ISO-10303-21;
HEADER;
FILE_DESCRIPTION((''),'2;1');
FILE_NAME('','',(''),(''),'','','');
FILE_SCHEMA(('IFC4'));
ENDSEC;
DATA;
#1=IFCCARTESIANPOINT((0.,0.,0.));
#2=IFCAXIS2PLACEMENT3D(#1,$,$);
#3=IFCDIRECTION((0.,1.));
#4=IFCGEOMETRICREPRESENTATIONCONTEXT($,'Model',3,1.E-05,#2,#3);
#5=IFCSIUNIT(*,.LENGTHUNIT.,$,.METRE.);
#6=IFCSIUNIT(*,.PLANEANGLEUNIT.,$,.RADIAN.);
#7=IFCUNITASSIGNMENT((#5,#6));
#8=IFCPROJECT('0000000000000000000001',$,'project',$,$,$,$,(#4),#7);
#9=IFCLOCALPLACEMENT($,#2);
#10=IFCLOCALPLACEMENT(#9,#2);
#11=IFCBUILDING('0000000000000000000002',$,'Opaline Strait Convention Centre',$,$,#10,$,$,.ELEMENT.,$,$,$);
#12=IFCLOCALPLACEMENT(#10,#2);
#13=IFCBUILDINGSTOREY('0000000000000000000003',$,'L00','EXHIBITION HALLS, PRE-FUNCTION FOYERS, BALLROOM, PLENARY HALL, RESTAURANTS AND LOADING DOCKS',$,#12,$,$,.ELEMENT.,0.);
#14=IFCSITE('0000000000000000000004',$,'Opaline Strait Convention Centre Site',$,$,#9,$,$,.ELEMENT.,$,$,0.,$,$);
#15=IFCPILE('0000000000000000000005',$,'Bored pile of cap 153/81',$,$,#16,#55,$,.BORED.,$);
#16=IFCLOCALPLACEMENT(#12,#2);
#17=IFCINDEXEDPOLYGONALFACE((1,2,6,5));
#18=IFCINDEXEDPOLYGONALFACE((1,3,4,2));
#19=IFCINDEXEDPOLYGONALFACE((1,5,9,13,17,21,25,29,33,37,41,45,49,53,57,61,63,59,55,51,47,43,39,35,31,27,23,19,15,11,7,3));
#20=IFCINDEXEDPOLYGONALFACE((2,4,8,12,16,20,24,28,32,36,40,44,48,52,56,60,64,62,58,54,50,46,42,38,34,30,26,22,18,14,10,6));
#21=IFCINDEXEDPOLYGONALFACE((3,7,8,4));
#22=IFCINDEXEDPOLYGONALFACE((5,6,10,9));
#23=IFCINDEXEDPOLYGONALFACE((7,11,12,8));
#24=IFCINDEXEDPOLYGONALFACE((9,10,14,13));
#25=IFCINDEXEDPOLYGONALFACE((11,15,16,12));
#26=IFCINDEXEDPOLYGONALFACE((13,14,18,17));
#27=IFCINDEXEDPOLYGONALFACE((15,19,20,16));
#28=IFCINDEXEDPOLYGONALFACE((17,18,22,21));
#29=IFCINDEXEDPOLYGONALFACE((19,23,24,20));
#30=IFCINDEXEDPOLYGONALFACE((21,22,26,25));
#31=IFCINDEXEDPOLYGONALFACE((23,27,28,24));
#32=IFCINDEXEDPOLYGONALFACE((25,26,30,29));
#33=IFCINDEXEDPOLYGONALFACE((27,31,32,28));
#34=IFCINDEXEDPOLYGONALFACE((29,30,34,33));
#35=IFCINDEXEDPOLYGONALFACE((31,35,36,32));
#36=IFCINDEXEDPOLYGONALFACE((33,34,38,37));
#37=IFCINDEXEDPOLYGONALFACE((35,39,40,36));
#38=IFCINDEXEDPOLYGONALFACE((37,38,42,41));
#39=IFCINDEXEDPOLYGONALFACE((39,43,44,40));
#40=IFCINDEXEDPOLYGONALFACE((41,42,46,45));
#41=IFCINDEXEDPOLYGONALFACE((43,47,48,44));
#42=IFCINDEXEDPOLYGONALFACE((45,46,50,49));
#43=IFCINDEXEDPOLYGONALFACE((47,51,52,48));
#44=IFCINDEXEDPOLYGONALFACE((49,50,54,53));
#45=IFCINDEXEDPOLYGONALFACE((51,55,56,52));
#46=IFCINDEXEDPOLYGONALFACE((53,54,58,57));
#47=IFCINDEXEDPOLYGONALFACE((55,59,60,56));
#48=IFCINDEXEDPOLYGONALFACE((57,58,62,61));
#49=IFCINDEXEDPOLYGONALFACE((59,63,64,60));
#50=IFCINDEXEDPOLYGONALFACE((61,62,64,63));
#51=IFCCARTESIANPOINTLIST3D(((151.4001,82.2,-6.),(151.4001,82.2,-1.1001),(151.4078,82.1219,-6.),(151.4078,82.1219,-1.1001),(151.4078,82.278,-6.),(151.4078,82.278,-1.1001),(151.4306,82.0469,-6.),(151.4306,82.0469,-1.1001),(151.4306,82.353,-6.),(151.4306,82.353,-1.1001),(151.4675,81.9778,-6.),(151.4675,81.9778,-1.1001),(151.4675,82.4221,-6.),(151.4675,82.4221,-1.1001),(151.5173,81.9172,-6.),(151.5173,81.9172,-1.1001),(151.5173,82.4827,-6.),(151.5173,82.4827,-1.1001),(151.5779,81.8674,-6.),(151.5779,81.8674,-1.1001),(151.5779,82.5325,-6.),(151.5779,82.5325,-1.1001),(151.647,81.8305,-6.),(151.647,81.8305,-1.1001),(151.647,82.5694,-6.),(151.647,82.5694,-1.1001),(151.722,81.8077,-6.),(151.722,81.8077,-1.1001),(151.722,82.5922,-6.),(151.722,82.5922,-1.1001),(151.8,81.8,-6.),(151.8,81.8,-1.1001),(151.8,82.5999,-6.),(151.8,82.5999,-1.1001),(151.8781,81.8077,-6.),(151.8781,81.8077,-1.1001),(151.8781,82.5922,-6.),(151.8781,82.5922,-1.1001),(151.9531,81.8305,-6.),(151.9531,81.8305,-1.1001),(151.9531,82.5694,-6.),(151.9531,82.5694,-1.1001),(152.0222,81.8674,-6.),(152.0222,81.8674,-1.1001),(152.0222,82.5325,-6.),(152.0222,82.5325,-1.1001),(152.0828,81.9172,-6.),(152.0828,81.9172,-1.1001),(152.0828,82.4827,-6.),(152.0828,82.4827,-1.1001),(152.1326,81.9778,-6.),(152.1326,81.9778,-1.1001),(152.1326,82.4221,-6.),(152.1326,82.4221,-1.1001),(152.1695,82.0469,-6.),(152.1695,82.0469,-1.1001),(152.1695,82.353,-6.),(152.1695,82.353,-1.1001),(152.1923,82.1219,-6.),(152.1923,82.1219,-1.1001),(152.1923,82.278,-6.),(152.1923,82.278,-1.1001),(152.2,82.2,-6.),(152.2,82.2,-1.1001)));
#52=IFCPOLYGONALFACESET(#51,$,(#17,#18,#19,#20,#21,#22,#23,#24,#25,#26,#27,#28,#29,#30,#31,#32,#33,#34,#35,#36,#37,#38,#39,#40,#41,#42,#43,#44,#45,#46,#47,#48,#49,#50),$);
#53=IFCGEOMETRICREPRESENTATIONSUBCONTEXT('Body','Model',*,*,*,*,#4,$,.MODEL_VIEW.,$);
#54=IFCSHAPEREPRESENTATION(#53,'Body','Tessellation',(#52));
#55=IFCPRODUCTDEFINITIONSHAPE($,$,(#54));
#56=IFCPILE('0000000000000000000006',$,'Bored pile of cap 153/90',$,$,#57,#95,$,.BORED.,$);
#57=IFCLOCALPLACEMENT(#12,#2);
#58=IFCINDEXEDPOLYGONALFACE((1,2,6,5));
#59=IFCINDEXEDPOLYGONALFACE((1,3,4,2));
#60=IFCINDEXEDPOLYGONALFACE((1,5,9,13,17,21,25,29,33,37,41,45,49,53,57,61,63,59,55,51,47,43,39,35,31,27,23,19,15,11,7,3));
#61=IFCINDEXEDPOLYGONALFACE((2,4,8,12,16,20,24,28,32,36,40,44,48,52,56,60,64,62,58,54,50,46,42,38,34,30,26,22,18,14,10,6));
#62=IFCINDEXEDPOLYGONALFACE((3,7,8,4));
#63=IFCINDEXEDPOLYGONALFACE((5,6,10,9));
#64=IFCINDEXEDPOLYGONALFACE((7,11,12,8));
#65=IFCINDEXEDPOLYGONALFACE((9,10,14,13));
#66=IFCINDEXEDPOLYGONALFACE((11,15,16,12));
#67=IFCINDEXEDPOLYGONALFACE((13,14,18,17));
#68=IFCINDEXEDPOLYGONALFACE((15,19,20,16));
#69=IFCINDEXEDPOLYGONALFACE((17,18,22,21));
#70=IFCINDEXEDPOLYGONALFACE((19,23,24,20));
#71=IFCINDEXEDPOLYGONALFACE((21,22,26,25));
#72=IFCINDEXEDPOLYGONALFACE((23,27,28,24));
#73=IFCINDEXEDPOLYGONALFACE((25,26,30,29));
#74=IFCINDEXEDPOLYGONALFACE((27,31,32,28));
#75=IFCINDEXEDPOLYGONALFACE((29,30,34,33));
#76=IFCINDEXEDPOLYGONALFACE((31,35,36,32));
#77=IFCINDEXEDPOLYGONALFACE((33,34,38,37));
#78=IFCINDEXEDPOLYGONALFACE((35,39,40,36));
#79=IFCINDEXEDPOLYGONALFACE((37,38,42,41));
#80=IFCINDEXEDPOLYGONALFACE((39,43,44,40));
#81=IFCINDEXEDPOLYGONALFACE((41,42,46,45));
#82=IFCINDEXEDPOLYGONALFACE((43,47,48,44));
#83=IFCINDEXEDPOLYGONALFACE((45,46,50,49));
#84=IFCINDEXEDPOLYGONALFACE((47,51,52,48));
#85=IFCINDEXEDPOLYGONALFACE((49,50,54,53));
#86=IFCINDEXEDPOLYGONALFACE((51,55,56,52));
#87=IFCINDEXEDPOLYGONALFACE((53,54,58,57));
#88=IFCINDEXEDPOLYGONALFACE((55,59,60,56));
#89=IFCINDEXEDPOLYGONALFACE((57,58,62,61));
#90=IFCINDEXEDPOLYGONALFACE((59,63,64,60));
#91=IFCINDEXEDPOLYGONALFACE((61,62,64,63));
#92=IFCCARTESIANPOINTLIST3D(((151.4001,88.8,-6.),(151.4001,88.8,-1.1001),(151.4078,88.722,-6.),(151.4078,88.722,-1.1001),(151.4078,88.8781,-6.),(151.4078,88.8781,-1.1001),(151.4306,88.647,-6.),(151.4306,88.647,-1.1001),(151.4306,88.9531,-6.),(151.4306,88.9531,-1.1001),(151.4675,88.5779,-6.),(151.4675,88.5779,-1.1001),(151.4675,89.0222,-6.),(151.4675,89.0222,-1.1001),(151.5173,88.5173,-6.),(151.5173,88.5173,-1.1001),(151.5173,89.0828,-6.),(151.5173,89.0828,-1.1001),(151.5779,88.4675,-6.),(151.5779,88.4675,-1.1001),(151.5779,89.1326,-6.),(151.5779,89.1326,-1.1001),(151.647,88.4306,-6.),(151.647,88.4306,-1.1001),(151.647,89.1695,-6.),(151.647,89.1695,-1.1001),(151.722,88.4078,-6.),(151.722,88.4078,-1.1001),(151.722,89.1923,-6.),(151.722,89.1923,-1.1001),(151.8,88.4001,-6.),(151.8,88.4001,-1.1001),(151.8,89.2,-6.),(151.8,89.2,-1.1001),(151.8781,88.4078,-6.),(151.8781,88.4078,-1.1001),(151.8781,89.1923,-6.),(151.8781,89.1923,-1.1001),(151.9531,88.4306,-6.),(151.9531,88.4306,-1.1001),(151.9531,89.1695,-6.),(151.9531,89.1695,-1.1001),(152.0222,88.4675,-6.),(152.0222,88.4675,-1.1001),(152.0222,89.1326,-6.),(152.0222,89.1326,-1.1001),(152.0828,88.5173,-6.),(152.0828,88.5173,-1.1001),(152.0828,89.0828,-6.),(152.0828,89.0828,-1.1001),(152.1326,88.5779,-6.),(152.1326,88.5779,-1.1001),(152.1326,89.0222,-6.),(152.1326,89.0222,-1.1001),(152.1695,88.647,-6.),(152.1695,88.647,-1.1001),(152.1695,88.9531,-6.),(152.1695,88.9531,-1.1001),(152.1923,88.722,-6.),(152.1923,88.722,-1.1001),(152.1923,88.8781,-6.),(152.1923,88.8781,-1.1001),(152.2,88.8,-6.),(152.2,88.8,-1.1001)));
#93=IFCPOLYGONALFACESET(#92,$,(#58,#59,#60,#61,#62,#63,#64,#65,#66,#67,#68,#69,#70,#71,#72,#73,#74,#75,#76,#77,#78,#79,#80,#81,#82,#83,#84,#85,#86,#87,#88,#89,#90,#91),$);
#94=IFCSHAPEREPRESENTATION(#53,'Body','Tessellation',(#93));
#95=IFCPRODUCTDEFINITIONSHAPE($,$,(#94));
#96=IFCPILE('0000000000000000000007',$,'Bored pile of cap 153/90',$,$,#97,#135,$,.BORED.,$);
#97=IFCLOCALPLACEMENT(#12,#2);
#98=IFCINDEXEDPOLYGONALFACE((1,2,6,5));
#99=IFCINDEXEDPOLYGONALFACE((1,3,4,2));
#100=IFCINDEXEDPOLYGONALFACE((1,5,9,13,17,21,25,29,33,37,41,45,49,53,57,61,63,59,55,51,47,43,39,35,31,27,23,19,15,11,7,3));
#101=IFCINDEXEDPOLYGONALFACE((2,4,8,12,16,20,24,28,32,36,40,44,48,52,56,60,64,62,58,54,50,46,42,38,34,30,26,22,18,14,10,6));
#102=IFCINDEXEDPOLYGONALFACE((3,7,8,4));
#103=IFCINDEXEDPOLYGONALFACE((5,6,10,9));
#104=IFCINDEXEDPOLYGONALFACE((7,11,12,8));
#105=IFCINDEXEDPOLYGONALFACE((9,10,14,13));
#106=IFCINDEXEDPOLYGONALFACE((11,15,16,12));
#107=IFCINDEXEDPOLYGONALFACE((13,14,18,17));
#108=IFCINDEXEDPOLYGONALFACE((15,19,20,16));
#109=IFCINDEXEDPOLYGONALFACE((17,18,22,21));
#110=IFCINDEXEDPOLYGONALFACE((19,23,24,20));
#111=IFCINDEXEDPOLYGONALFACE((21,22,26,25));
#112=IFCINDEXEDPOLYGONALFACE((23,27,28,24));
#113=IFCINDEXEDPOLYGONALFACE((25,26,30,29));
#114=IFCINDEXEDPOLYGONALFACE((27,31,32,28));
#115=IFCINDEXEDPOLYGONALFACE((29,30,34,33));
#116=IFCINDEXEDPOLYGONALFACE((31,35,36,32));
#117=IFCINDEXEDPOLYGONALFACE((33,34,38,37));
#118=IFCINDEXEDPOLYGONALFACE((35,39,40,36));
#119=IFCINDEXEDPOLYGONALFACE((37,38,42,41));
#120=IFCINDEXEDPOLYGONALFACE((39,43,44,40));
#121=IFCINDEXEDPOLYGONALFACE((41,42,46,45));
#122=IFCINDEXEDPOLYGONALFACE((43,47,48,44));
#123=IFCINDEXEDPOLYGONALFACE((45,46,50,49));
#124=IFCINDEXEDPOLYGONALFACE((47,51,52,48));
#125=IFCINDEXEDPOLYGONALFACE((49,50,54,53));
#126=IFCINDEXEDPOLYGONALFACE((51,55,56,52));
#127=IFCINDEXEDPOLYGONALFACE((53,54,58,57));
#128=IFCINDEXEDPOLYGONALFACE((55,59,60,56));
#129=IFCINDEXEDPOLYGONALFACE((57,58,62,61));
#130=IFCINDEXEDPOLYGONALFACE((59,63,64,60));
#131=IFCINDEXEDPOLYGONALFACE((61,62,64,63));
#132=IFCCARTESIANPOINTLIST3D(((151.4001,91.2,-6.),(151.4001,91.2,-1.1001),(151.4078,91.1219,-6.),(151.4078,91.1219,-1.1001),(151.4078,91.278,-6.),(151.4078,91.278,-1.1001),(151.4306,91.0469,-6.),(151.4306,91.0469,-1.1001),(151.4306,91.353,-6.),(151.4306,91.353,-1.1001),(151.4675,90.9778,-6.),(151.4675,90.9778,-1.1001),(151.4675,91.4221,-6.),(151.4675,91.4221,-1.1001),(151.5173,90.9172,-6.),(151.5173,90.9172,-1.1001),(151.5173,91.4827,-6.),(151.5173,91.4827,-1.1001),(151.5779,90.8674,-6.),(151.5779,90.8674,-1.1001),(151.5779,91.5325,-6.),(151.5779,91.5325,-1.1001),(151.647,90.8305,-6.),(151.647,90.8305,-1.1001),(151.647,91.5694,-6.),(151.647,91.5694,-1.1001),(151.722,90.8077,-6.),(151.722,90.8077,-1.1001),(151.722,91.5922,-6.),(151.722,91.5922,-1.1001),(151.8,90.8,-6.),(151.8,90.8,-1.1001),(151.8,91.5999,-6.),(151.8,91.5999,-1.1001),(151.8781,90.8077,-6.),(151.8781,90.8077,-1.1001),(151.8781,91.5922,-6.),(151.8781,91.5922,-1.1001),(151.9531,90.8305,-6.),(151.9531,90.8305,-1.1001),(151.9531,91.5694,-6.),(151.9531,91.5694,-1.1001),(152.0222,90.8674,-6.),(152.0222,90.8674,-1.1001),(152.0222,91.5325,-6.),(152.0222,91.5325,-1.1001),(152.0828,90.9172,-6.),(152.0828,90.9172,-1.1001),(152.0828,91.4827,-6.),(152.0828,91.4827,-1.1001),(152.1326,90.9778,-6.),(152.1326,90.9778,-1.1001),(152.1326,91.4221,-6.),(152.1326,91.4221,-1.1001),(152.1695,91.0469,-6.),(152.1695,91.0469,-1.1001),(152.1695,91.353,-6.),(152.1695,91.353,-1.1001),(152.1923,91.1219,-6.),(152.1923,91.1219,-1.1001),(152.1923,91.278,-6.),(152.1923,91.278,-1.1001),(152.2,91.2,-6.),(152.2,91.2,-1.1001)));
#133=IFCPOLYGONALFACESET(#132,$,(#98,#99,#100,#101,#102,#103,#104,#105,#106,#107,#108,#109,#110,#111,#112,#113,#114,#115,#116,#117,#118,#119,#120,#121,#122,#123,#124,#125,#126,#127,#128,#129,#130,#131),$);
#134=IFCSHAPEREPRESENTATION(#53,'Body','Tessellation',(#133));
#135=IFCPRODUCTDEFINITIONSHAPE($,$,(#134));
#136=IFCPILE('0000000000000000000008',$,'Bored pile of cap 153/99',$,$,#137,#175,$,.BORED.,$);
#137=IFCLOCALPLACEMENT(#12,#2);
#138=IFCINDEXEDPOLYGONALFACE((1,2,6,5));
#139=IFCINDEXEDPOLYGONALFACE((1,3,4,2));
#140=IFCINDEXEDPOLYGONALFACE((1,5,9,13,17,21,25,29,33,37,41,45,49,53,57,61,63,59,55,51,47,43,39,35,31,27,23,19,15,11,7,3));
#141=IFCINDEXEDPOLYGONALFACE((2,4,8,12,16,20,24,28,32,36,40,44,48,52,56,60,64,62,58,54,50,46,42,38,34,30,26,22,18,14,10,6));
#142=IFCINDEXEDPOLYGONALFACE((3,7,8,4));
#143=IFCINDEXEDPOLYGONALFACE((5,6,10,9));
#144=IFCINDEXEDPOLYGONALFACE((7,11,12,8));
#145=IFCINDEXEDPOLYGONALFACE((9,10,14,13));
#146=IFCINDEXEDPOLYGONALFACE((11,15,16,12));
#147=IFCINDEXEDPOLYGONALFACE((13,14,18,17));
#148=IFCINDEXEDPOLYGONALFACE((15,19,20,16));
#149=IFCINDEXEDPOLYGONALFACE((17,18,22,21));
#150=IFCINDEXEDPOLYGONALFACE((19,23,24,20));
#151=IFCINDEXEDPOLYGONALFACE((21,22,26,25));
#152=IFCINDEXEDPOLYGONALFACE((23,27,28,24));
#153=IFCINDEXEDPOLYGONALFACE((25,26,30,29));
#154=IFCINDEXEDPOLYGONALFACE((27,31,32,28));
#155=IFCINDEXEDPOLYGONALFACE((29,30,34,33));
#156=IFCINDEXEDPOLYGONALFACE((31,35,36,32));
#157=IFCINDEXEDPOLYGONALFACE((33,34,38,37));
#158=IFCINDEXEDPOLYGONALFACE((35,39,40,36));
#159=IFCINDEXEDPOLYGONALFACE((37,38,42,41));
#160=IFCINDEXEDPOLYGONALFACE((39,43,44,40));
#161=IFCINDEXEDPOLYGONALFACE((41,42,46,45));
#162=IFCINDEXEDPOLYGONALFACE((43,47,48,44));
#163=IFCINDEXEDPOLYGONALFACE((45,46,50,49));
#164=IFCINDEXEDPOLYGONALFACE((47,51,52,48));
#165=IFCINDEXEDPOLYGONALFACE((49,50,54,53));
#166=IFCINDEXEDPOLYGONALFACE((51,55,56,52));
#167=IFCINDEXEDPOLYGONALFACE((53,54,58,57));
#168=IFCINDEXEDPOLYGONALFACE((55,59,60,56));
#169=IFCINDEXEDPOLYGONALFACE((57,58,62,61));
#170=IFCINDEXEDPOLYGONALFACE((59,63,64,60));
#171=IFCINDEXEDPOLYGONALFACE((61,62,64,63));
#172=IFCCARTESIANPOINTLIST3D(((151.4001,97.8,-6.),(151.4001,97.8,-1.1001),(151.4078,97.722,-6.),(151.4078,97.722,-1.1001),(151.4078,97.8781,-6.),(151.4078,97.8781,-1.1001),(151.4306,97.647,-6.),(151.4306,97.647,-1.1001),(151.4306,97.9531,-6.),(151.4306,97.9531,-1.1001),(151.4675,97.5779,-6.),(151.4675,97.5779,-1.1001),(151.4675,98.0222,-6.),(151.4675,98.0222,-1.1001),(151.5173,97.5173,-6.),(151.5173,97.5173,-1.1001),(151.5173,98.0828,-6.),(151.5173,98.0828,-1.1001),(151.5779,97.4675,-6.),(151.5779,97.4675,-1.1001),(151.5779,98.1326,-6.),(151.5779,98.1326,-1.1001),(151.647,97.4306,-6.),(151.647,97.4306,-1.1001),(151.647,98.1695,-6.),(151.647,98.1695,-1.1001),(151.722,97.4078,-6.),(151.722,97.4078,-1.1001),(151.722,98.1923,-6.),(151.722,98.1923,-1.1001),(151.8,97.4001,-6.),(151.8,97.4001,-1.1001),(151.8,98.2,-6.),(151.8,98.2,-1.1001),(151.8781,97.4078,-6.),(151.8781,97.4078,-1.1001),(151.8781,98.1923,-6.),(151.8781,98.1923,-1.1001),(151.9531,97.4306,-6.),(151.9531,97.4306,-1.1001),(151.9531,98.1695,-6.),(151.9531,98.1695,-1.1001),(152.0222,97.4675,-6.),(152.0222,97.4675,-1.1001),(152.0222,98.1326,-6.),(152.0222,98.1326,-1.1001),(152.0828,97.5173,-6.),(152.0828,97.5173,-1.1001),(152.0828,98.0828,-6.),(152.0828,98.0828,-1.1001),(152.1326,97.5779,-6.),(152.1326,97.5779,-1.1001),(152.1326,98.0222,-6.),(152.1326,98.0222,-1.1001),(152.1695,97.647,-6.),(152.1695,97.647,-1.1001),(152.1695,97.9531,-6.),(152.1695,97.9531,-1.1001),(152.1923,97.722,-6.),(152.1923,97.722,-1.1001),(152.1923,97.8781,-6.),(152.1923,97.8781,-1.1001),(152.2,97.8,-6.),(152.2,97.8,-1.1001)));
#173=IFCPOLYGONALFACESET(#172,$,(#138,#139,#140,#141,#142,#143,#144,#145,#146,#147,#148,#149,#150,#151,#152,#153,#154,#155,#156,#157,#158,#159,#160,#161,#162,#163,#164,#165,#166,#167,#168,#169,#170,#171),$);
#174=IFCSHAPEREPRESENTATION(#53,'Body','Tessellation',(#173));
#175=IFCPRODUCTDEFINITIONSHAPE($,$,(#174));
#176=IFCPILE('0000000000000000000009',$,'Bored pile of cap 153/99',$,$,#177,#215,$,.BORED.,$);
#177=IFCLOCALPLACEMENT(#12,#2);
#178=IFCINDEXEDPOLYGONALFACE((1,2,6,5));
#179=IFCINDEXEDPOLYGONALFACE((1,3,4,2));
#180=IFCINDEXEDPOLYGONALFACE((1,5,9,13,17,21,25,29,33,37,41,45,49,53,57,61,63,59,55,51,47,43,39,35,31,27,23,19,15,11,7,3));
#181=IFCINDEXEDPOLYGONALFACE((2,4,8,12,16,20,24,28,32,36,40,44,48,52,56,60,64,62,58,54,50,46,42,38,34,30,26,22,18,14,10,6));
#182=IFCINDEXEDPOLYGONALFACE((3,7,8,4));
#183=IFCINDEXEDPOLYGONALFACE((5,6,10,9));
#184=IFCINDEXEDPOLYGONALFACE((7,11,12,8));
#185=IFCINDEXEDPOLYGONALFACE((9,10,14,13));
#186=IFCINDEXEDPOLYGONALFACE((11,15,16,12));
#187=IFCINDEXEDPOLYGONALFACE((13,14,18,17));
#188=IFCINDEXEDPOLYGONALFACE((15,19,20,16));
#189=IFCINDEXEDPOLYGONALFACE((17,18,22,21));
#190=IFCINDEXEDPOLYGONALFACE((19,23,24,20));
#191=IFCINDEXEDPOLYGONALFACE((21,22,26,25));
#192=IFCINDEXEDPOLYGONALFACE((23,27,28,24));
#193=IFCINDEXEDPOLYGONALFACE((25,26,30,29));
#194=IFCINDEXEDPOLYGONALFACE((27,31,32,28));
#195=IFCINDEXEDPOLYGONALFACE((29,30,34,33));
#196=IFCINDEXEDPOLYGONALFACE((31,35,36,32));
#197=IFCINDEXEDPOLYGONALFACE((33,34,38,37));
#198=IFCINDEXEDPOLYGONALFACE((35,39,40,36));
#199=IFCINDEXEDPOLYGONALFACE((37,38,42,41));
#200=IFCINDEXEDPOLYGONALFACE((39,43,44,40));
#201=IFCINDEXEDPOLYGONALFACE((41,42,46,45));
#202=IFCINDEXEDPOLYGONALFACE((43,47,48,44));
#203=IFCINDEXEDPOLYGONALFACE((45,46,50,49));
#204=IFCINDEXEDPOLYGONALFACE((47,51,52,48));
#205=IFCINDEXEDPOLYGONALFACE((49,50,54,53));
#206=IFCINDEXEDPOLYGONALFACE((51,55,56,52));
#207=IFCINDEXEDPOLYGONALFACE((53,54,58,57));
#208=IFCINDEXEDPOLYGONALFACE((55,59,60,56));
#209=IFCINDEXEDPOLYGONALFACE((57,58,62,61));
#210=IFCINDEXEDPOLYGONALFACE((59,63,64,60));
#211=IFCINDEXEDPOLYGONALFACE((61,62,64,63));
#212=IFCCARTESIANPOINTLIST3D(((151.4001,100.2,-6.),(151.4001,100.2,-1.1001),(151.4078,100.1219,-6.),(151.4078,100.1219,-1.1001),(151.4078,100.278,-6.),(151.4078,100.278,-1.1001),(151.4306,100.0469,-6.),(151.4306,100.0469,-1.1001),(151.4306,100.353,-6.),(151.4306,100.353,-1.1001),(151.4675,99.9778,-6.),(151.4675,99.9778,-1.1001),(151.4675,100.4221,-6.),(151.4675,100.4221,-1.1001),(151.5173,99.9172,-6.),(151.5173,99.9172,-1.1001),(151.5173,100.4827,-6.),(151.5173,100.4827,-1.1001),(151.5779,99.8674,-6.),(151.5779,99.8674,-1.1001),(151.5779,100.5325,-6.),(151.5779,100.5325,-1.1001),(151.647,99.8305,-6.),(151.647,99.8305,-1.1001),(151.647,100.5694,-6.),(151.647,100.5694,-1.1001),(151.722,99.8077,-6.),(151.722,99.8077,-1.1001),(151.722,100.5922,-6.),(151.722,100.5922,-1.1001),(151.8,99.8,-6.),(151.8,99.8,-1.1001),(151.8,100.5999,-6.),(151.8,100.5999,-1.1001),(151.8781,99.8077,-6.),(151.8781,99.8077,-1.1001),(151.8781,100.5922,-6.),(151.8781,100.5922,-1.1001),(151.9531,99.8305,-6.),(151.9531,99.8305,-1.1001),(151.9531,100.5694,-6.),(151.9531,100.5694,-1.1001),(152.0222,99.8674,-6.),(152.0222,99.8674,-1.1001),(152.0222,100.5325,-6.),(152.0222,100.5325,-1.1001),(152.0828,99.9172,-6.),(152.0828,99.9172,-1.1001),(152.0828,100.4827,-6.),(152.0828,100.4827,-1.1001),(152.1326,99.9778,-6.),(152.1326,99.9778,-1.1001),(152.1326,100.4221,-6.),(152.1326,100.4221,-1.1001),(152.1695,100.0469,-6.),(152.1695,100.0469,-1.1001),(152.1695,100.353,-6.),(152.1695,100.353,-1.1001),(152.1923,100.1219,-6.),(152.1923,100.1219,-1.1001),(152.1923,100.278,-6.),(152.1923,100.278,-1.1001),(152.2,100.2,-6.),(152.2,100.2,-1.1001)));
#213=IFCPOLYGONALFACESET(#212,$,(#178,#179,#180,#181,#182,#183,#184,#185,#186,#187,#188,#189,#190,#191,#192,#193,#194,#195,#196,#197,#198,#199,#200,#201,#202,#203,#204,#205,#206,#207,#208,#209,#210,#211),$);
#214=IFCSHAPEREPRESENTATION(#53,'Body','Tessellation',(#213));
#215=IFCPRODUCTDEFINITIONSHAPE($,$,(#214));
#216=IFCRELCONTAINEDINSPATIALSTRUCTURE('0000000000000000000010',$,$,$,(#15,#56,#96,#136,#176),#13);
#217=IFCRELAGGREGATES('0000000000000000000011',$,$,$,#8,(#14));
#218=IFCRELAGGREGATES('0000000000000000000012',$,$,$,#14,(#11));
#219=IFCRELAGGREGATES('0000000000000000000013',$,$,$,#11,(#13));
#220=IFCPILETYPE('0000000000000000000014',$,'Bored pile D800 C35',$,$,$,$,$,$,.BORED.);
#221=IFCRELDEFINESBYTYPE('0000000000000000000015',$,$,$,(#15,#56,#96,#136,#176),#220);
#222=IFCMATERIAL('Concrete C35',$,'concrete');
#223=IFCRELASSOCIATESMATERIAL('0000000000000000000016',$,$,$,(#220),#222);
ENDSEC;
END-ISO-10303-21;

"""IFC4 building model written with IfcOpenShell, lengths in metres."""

from ifc_helpers import new_model, si_unit, direction, frame, origin, origin_2d, place, context, subcontext, project, spatial, circle, extrude, material, material_profile, profile_set, type_object, element, save


model = new_model("IFC4")

# Units and contexts
model_context = context("Model", 3, precision=1e-05, world=origin(), true_north=direction((0.0, 1.0)))
body_context = subcontext(model_context, "Body", "Model", "MODEL_VIEW")
ifc_project = project(units=[si_unit("LENGTHUNIT", "METRE"), si_unit("PLANEANGLEUNIT", "RADIAN")], contexts=[model_context])

# Site, building, storey
site_placement = place(None, origin())
site = spatial("IfcSite", under=ifc_project, at=site_placement, Name="Opaline Strait Convention Centre Site", CompositionType="ELEMENT", RefElevation=0.0)
building_placement = place(site_placement, origin())
building = spatial("IfcBuilding", under=site, at=building_placement, Name="Opaline Strait Convention Centre", CompositionType="ELEMENT")
storey_placement = place(building_placement, origin())
storey = spatial("IfcBuildingStorey", under=building, at=storey_placement, Name="L00", Description="EXHIBITION HALLS, PRE-FUNCTION FOYERS, BALLROOM, PLENARY HALL, RESTAURANTS AND LOADING DOCKS", CompositionType="ELEMENT", Elevation=0.0)

# Piles
ifc_material_1 = material(Name="Concrete C35", Category="concrete")
ifc_material_profile_1 = material_profile(ifc_material_1, circle(Radius=0.3999, at=origin_2d()), Name="D800")
ifc_profile_set_1 = profile_set([ifc_material_profile_1], Name="Concrete C35")
pile_type = type_object("IfcPileType", Name="Bored pile D800 C35", PredefinedType="BORED", material=ifc_profile_set_1)
for number, where, z_axis, x_axis, name in (
    (1, (151.8, 82.2, -1.1001), (0.0, 0.0, -1.0), (1.0, 0.0, 0.0), "Bored pile of cap 153/81"),
    (2, (151.8, 88.8, -1.1001), (0.0, 0.0, -1.0), (1.0, 0.0, 0.0), "Bored pile of cap 153/90"),
    (3, (151.8, 91.2, -1.1001), (0.0, 0.0, -1.0), (1.0, 0.0, 0.0), "Bored pile of cap 153/90"),
    (4, (151.8, 97.8, -1.1001), (0.0, 0.0, -1.0), (1.0, 0.0, 0.0), "Bored pile of cap 153/99"),
    (5, (151.8, 100.2, -1.1001), (0.0, 0.0, -1.0), (1.0, 0.0, 0.0), "Bored pile of cap 153/99"),
):
    element("IfcPile", number, at=place(storey_placement, frame(where, z_axis=z_axis, x_axis=x_axis)), inside=storey, type_object=pile_type, Name=name, PredefinedType="BORED", context=body_context, shape_type="SweptSolid", body=[
        extrude(circle(Radius=0.3999, at=origin_2d()), origin(), (0.0, 0.0, 1.0), 4.8999),
    ])

save(model, "model.ifc")
